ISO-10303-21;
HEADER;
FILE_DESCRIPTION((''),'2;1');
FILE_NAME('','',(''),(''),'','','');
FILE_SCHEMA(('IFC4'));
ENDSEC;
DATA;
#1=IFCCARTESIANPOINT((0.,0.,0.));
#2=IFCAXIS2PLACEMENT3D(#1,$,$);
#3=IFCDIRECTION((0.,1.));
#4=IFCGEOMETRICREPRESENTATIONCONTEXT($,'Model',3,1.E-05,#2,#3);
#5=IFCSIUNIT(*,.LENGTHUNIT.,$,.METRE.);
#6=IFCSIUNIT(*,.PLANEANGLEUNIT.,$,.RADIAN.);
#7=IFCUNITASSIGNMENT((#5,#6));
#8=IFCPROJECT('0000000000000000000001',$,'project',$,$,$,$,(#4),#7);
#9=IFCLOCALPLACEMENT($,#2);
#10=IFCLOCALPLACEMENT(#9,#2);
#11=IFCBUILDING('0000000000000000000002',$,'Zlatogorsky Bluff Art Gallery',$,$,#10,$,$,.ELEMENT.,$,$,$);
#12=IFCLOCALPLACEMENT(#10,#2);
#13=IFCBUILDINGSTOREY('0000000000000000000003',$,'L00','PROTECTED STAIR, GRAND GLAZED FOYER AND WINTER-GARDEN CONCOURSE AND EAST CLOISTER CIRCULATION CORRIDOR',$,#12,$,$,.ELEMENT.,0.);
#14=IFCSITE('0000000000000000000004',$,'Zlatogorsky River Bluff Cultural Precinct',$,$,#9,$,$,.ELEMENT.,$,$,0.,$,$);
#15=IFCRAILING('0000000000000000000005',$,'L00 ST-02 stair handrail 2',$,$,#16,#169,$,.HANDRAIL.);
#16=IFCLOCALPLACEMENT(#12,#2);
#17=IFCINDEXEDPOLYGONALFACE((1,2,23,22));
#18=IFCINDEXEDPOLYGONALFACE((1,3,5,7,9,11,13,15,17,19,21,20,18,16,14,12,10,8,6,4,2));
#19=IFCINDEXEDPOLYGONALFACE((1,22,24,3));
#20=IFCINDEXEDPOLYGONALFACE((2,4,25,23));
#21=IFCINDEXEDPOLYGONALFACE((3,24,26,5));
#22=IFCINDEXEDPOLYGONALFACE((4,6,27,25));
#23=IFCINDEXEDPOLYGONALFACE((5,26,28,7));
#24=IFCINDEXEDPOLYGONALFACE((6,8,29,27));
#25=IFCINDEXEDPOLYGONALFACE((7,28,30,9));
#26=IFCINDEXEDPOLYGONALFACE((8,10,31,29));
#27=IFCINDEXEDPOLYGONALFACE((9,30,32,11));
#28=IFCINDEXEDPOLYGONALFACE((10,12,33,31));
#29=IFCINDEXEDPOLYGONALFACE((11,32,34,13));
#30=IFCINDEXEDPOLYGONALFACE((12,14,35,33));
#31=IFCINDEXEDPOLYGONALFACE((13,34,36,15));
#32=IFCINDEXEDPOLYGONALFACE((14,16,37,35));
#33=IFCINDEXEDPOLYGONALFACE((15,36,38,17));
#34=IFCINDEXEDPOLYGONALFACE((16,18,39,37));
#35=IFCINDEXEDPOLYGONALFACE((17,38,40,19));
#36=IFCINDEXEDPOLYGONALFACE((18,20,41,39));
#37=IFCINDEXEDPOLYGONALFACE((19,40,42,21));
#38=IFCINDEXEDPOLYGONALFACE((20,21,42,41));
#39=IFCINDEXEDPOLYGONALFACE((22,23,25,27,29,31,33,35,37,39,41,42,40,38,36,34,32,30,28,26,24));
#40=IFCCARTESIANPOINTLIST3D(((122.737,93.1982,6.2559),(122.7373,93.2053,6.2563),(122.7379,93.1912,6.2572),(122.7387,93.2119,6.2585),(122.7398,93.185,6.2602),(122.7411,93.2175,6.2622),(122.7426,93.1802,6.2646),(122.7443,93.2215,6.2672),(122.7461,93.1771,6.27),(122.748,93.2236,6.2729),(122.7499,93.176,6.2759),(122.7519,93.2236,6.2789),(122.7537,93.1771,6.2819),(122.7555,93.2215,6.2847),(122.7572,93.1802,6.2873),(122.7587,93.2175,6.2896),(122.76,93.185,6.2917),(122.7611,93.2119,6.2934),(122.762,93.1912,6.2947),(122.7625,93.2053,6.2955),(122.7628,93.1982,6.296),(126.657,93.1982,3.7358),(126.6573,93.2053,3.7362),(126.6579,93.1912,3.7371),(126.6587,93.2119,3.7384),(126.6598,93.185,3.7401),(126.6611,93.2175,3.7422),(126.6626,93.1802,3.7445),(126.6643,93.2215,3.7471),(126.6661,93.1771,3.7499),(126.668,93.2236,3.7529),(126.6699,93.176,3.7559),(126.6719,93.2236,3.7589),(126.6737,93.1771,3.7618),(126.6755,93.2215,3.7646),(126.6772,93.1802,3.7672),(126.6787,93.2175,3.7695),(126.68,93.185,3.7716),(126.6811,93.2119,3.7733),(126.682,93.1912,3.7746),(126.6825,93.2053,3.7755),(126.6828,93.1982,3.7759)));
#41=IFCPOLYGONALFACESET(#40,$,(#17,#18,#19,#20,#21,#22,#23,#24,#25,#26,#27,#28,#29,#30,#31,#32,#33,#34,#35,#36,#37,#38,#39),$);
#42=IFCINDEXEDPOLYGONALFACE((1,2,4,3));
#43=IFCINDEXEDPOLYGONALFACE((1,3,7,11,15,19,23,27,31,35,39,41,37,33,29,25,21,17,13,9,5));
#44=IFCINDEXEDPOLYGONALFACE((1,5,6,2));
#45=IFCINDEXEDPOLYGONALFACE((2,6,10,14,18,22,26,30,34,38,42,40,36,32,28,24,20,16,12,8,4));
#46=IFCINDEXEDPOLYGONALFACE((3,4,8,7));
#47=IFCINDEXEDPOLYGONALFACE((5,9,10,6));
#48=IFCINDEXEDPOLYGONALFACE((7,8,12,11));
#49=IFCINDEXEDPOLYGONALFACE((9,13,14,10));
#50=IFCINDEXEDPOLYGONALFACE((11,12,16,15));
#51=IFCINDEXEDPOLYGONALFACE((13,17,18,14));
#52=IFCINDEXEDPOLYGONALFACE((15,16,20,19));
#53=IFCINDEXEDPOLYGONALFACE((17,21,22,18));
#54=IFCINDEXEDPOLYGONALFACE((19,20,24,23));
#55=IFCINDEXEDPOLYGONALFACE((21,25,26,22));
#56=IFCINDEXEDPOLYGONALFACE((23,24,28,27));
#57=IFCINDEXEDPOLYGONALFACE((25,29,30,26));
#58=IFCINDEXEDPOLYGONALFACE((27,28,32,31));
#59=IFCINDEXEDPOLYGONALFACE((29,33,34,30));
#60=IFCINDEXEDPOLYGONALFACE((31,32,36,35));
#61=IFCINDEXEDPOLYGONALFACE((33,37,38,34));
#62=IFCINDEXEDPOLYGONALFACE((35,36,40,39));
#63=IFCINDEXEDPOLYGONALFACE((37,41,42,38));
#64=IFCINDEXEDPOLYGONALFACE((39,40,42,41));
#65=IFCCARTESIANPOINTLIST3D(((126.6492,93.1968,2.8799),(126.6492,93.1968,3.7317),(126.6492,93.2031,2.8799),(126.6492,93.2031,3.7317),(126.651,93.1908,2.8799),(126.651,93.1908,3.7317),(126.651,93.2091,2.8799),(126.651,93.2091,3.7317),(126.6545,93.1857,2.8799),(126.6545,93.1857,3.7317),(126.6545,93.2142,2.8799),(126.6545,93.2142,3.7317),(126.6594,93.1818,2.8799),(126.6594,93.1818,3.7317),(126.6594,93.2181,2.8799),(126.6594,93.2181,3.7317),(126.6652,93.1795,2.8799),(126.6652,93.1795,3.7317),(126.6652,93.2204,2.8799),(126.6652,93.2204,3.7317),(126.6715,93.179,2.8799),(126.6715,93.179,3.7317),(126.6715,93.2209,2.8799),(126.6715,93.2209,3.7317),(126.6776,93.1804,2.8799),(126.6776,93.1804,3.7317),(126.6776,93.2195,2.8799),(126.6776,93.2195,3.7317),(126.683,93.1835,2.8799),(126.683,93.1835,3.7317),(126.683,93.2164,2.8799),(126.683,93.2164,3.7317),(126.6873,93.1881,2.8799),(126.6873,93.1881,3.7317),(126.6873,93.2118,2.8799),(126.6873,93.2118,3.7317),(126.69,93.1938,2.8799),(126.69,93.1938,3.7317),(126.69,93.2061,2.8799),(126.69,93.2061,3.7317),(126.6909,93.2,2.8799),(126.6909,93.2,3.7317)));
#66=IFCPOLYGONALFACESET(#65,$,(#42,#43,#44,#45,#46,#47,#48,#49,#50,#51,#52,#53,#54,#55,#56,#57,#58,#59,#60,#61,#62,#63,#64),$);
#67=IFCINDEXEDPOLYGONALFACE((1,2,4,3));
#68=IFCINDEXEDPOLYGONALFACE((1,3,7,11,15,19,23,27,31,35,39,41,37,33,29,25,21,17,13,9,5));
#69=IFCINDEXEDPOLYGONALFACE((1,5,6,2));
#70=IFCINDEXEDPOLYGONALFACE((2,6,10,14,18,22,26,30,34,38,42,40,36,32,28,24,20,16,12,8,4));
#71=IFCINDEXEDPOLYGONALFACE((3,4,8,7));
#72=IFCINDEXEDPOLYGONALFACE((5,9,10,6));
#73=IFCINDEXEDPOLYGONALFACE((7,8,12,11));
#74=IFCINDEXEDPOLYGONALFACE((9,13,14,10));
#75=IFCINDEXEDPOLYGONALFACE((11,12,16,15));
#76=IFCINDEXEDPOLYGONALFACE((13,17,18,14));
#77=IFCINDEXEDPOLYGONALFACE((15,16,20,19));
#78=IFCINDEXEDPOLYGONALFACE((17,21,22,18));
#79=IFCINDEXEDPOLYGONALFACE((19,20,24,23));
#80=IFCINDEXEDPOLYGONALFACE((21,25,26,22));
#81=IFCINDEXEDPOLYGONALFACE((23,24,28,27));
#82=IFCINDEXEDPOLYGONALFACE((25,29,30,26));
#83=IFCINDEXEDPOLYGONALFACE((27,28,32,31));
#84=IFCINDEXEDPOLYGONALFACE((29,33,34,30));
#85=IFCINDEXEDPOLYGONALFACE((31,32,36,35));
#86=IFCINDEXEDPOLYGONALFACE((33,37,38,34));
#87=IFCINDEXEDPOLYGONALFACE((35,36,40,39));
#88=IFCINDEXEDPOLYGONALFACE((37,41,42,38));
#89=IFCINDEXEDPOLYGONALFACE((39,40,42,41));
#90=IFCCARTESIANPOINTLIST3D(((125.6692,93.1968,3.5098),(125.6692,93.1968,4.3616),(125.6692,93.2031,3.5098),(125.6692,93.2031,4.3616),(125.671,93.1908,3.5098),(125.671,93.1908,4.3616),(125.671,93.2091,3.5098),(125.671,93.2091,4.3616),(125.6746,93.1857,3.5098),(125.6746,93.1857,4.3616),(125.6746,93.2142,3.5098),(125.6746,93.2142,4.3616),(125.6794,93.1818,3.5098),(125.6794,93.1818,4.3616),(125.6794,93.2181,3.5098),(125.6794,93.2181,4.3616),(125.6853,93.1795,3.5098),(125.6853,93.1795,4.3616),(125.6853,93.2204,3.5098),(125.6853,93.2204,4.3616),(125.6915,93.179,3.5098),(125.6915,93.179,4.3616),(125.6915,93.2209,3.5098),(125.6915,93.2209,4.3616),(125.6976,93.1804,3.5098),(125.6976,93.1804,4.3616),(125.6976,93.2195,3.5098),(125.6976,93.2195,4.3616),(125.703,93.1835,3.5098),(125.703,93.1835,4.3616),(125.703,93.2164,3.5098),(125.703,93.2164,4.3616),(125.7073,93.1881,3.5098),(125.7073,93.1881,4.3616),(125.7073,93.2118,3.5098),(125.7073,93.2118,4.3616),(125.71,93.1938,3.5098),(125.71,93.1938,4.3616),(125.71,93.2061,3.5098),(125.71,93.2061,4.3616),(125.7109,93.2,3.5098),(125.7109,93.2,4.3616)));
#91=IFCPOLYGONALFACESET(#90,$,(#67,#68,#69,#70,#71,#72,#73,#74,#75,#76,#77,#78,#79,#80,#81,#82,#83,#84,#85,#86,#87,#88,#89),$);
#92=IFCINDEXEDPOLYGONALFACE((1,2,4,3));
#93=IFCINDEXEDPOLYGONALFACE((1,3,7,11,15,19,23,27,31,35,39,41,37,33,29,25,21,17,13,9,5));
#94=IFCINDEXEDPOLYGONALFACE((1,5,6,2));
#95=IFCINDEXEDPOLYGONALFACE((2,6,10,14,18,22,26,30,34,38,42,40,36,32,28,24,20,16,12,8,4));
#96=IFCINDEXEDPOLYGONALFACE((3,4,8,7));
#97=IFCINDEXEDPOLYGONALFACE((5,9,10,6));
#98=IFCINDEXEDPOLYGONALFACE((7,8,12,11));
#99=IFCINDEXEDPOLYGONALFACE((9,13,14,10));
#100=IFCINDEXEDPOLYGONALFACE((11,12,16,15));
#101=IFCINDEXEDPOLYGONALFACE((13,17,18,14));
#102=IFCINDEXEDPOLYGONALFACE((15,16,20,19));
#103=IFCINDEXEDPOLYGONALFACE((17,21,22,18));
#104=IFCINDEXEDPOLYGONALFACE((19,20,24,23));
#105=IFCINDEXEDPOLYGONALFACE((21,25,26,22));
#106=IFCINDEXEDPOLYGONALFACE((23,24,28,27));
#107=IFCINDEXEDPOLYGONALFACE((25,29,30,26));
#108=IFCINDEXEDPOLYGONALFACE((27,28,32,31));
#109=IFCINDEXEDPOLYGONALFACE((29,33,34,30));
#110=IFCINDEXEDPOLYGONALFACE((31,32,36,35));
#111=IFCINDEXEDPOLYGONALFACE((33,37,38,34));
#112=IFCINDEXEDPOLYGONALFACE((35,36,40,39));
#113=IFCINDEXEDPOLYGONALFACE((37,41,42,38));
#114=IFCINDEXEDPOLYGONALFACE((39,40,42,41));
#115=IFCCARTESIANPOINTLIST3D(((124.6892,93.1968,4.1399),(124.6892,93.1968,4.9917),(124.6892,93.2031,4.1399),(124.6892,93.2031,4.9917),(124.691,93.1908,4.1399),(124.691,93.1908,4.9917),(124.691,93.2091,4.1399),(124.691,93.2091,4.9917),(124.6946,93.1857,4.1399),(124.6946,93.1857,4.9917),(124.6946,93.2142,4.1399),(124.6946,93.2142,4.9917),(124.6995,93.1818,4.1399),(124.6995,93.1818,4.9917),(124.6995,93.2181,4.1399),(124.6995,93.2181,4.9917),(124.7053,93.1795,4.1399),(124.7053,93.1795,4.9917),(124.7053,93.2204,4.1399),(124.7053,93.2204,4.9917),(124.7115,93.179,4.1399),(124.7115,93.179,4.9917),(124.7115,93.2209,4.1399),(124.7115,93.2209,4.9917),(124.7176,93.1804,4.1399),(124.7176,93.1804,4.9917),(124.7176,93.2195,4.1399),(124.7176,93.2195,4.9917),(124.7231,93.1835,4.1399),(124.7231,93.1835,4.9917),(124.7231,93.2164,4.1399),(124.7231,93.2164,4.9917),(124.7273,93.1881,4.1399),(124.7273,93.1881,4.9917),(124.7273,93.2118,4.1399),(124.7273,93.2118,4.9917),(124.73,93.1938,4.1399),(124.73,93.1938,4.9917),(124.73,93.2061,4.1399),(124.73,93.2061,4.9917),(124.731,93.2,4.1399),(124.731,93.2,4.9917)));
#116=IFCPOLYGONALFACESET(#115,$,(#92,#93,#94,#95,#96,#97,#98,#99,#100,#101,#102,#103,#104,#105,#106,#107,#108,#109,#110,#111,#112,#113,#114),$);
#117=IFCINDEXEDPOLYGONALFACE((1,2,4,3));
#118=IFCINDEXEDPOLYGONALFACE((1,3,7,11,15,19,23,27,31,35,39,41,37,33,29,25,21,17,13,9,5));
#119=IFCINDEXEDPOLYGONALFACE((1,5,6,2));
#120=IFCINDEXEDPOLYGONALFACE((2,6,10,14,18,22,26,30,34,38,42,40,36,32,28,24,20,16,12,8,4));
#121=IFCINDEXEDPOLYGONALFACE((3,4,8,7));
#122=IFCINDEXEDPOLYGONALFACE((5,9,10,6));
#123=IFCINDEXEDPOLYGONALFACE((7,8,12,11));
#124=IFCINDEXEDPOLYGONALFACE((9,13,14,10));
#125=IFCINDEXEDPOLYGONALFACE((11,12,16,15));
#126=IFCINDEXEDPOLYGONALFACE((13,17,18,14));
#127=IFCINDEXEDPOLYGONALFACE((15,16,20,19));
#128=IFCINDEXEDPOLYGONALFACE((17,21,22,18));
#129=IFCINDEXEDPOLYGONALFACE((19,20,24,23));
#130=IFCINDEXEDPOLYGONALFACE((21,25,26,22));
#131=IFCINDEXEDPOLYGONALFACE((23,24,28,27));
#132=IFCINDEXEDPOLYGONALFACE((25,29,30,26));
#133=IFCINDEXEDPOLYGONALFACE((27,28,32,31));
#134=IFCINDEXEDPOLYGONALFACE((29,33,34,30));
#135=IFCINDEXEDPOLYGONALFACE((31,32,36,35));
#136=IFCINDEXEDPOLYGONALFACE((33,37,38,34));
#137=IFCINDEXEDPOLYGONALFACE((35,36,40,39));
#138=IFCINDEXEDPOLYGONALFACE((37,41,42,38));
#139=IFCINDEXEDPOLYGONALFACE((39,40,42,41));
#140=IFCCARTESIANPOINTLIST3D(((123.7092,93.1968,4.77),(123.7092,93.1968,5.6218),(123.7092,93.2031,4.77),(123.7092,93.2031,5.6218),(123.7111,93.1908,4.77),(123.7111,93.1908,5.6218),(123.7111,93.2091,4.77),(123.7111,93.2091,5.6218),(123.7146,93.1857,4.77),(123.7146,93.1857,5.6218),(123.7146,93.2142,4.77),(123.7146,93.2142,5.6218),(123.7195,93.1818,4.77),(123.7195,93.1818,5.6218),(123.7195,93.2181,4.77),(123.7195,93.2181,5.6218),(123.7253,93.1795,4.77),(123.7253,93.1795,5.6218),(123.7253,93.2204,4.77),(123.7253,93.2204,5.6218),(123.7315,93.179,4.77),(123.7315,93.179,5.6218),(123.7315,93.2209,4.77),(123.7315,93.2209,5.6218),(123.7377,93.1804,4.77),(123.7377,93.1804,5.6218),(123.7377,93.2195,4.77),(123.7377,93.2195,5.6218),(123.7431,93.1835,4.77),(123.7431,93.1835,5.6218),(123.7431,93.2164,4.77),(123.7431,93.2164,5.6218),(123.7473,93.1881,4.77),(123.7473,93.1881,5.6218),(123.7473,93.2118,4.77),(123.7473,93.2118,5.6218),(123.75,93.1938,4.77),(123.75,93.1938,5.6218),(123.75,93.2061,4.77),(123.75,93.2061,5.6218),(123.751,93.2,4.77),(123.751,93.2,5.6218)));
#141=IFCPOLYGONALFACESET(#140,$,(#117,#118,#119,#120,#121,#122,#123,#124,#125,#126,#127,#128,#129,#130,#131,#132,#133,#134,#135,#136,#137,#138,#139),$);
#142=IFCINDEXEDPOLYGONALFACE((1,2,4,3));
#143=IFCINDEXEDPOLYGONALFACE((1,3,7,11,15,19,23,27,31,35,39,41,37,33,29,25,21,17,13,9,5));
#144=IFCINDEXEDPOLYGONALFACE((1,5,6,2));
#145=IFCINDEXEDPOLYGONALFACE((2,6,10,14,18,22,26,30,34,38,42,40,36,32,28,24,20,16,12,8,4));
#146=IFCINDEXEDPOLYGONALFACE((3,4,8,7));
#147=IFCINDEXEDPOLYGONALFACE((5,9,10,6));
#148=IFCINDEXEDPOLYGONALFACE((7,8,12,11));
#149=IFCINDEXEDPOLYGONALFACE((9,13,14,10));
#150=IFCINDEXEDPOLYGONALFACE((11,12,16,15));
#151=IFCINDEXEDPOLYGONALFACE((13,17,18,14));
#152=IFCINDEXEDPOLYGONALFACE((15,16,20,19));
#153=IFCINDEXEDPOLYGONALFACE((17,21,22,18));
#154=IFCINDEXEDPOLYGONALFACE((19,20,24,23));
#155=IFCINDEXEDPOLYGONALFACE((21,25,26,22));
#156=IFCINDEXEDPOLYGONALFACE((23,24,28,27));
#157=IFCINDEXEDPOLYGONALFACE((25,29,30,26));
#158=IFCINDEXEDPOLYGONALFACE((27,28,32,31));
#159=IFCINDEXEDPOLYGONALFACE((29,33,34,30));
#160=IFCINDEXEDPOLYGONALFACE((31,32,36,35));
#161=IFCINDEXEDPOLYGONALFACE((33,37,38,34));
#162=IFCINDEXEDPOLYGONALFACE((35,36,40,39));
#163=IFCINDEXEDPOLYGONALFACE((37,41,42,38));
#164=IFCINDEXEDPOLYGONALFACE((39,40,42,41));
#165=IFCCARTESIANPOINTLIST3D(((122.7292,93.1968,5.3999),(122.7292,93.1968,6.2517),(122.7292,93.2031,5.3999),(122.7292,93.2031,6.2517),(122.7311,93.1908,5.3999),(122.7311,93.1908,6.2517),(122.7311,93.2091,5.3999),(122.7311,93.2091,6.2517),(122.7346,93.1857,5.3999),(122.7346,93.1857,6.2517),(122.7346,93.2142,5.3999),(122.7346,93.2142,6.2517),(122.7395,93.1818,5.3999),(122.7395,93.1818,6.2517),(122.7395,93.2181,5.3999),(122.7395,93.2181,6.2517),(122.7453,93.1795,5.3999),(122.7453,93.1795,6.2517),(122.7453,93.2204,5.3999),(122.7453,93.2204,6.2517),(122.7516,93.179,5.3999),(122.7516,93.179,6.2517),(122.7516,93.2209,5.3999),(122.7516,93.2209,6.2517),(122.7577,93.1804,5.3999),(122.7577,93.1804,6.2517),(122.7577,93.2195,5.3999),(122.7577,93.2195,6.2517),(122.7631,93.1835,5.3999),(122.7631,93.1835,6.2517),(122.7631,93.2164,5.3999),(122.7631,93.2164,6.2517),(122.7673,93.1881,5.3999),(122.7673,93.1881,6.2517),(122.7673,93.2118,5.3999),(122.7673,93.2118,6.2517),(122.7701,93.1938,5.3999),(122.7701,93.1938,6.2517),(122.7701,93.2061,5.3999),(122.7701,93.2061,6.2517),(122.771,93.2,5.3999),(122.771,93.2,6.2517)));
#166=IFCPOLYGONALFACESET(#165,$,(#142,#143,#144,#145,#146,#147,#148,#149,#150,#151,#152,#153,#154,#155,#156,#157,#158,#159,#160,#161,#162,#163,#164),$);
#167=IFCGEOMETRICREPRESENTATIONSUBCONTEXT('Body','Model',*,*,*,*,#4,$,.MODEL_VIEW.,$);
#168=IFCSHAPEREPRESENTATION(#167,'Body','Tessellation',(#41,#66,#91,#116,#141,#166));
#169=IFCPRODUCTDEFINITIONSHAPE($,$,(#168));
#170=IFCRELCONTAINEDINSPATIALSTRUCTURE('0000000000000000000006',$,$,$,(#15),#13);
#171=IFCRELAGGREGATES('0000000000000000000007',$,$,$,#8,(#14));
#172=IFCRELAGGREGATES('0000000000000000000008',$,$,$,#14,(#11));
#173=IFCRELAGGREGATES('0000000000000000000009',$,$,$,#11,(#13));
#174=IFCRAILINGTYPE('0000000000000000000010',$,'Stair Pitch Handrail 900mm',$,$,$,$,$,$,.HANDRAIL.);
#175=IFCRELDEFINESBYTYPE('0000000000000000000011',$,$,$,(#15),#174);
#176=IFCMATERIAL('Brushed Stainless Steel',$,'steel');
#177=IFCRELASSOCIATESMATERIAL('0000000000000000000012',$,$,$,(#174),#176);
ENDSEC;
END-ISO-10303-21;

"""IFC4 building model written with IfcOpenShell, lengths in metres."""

from ifc_helpers import new_model, si_unit, direction, frame, origin, origin_2d, place, context, subcontext, project, spatial, circle, extrude, material, type_object, element, save


model = new_model("IFC4")

# Units and contexts
model_context = context("Model", 3, precision=1e-05, world=origin(), true_north=direction((0.0, 1.0)))
body_context = subcontext(model_context, "Body", "Model", "MODEL_VIEW")
ifc_project = project(units=[si_unit("LENGTHUNIT", "METRE"), si_unit("PLANEANGLEUNIT", "RADIAN")], contexts=[model_context])

# Site, building, storey
site_placement = place(None, origin())
site = spatial("IfcSite", under=ifc_project, at=site_placement, Name="Zlatogorsky River Bluff Cultural Precinct", CompositionType="ELEMENT", RefElevation=0.0)
building_placement = place(site_placement, origin())
building = spatial("IfcBuilding", under=site, at=building_placement, Name="Zlatogorsky Bluff Art Gallery", CompositionType="ELEMENT")
storey_placement = place(building_placement, origin())
storey = spatial("IfcBuildingStorey", under=building, at=storey_placement, Name="L00", Description="PROTECTED STAIR, GRAND GLAZED FOYER AND WINTER-GARDEN CONCOURSE AND EAST CLOISTER CIRCULATION CORRIDOR", CompositionType="ELEMENT", Elevation=0.0)

# Railing
ifc_material_1 = material(Name="Brushed Stainless Steel", Category="steel")
railing_type_1 = type_object("IfcRailingType", Name="Stair Pitch Handrail 900mm", PredefinedType="HANDRAIL", material=ifc_material_1)
railing_1_placement = place(storey_placement, frame((126.6699, 93.2, 2.8799)))
element("IfcRailing", 1, at=railing_1_placement, inside=storey, type_object=railing_type_1, Name="L00 ST-02 stair handrail 2", PredefinedType="HANDRAIL", context=body_context, shape_type="SweptSolid", body=[
    extrude(circle(Radius=0.0239, at=origin_2d()), frame((0.0, 0.0, 0.876), z_axis=(-0.841172, 0.0, 0.540768), x_axis=(0.0, -1.0, 0.0)), (0.0, 0.0, 1.0), 4.6602),
    extrude(circle(Radius=0.021, at=origin_2d()), origin(), (0.0, 0.0, 1.0), 0.8518),
    extrude(circle(Radius=0.021, at=origin_2d()), frame((-0.98, 0.0, 0.6299)), (0.0, 0.0, 1.0), 0.8518),
    extrude(circle(Radius=0.021, at=origin_2d()), frame((-1.96, 0.0, 1.26)), (0.0, 0.0, 1.0), 0.8518),
    extrude(circle(Radius=0.021, at=origin_2d()), frame((-2.9399, 0.0, 1.8901)), (0.0, 0.0, 1.0), 0.8518),
    extrude(circle(Radius=0.021, at=origin_2d()), frame((-3.9199, 0.0, 2.52)), (0.0, 0.0, 1.0), 0.8518),
])

save(model, "model.ifc")
